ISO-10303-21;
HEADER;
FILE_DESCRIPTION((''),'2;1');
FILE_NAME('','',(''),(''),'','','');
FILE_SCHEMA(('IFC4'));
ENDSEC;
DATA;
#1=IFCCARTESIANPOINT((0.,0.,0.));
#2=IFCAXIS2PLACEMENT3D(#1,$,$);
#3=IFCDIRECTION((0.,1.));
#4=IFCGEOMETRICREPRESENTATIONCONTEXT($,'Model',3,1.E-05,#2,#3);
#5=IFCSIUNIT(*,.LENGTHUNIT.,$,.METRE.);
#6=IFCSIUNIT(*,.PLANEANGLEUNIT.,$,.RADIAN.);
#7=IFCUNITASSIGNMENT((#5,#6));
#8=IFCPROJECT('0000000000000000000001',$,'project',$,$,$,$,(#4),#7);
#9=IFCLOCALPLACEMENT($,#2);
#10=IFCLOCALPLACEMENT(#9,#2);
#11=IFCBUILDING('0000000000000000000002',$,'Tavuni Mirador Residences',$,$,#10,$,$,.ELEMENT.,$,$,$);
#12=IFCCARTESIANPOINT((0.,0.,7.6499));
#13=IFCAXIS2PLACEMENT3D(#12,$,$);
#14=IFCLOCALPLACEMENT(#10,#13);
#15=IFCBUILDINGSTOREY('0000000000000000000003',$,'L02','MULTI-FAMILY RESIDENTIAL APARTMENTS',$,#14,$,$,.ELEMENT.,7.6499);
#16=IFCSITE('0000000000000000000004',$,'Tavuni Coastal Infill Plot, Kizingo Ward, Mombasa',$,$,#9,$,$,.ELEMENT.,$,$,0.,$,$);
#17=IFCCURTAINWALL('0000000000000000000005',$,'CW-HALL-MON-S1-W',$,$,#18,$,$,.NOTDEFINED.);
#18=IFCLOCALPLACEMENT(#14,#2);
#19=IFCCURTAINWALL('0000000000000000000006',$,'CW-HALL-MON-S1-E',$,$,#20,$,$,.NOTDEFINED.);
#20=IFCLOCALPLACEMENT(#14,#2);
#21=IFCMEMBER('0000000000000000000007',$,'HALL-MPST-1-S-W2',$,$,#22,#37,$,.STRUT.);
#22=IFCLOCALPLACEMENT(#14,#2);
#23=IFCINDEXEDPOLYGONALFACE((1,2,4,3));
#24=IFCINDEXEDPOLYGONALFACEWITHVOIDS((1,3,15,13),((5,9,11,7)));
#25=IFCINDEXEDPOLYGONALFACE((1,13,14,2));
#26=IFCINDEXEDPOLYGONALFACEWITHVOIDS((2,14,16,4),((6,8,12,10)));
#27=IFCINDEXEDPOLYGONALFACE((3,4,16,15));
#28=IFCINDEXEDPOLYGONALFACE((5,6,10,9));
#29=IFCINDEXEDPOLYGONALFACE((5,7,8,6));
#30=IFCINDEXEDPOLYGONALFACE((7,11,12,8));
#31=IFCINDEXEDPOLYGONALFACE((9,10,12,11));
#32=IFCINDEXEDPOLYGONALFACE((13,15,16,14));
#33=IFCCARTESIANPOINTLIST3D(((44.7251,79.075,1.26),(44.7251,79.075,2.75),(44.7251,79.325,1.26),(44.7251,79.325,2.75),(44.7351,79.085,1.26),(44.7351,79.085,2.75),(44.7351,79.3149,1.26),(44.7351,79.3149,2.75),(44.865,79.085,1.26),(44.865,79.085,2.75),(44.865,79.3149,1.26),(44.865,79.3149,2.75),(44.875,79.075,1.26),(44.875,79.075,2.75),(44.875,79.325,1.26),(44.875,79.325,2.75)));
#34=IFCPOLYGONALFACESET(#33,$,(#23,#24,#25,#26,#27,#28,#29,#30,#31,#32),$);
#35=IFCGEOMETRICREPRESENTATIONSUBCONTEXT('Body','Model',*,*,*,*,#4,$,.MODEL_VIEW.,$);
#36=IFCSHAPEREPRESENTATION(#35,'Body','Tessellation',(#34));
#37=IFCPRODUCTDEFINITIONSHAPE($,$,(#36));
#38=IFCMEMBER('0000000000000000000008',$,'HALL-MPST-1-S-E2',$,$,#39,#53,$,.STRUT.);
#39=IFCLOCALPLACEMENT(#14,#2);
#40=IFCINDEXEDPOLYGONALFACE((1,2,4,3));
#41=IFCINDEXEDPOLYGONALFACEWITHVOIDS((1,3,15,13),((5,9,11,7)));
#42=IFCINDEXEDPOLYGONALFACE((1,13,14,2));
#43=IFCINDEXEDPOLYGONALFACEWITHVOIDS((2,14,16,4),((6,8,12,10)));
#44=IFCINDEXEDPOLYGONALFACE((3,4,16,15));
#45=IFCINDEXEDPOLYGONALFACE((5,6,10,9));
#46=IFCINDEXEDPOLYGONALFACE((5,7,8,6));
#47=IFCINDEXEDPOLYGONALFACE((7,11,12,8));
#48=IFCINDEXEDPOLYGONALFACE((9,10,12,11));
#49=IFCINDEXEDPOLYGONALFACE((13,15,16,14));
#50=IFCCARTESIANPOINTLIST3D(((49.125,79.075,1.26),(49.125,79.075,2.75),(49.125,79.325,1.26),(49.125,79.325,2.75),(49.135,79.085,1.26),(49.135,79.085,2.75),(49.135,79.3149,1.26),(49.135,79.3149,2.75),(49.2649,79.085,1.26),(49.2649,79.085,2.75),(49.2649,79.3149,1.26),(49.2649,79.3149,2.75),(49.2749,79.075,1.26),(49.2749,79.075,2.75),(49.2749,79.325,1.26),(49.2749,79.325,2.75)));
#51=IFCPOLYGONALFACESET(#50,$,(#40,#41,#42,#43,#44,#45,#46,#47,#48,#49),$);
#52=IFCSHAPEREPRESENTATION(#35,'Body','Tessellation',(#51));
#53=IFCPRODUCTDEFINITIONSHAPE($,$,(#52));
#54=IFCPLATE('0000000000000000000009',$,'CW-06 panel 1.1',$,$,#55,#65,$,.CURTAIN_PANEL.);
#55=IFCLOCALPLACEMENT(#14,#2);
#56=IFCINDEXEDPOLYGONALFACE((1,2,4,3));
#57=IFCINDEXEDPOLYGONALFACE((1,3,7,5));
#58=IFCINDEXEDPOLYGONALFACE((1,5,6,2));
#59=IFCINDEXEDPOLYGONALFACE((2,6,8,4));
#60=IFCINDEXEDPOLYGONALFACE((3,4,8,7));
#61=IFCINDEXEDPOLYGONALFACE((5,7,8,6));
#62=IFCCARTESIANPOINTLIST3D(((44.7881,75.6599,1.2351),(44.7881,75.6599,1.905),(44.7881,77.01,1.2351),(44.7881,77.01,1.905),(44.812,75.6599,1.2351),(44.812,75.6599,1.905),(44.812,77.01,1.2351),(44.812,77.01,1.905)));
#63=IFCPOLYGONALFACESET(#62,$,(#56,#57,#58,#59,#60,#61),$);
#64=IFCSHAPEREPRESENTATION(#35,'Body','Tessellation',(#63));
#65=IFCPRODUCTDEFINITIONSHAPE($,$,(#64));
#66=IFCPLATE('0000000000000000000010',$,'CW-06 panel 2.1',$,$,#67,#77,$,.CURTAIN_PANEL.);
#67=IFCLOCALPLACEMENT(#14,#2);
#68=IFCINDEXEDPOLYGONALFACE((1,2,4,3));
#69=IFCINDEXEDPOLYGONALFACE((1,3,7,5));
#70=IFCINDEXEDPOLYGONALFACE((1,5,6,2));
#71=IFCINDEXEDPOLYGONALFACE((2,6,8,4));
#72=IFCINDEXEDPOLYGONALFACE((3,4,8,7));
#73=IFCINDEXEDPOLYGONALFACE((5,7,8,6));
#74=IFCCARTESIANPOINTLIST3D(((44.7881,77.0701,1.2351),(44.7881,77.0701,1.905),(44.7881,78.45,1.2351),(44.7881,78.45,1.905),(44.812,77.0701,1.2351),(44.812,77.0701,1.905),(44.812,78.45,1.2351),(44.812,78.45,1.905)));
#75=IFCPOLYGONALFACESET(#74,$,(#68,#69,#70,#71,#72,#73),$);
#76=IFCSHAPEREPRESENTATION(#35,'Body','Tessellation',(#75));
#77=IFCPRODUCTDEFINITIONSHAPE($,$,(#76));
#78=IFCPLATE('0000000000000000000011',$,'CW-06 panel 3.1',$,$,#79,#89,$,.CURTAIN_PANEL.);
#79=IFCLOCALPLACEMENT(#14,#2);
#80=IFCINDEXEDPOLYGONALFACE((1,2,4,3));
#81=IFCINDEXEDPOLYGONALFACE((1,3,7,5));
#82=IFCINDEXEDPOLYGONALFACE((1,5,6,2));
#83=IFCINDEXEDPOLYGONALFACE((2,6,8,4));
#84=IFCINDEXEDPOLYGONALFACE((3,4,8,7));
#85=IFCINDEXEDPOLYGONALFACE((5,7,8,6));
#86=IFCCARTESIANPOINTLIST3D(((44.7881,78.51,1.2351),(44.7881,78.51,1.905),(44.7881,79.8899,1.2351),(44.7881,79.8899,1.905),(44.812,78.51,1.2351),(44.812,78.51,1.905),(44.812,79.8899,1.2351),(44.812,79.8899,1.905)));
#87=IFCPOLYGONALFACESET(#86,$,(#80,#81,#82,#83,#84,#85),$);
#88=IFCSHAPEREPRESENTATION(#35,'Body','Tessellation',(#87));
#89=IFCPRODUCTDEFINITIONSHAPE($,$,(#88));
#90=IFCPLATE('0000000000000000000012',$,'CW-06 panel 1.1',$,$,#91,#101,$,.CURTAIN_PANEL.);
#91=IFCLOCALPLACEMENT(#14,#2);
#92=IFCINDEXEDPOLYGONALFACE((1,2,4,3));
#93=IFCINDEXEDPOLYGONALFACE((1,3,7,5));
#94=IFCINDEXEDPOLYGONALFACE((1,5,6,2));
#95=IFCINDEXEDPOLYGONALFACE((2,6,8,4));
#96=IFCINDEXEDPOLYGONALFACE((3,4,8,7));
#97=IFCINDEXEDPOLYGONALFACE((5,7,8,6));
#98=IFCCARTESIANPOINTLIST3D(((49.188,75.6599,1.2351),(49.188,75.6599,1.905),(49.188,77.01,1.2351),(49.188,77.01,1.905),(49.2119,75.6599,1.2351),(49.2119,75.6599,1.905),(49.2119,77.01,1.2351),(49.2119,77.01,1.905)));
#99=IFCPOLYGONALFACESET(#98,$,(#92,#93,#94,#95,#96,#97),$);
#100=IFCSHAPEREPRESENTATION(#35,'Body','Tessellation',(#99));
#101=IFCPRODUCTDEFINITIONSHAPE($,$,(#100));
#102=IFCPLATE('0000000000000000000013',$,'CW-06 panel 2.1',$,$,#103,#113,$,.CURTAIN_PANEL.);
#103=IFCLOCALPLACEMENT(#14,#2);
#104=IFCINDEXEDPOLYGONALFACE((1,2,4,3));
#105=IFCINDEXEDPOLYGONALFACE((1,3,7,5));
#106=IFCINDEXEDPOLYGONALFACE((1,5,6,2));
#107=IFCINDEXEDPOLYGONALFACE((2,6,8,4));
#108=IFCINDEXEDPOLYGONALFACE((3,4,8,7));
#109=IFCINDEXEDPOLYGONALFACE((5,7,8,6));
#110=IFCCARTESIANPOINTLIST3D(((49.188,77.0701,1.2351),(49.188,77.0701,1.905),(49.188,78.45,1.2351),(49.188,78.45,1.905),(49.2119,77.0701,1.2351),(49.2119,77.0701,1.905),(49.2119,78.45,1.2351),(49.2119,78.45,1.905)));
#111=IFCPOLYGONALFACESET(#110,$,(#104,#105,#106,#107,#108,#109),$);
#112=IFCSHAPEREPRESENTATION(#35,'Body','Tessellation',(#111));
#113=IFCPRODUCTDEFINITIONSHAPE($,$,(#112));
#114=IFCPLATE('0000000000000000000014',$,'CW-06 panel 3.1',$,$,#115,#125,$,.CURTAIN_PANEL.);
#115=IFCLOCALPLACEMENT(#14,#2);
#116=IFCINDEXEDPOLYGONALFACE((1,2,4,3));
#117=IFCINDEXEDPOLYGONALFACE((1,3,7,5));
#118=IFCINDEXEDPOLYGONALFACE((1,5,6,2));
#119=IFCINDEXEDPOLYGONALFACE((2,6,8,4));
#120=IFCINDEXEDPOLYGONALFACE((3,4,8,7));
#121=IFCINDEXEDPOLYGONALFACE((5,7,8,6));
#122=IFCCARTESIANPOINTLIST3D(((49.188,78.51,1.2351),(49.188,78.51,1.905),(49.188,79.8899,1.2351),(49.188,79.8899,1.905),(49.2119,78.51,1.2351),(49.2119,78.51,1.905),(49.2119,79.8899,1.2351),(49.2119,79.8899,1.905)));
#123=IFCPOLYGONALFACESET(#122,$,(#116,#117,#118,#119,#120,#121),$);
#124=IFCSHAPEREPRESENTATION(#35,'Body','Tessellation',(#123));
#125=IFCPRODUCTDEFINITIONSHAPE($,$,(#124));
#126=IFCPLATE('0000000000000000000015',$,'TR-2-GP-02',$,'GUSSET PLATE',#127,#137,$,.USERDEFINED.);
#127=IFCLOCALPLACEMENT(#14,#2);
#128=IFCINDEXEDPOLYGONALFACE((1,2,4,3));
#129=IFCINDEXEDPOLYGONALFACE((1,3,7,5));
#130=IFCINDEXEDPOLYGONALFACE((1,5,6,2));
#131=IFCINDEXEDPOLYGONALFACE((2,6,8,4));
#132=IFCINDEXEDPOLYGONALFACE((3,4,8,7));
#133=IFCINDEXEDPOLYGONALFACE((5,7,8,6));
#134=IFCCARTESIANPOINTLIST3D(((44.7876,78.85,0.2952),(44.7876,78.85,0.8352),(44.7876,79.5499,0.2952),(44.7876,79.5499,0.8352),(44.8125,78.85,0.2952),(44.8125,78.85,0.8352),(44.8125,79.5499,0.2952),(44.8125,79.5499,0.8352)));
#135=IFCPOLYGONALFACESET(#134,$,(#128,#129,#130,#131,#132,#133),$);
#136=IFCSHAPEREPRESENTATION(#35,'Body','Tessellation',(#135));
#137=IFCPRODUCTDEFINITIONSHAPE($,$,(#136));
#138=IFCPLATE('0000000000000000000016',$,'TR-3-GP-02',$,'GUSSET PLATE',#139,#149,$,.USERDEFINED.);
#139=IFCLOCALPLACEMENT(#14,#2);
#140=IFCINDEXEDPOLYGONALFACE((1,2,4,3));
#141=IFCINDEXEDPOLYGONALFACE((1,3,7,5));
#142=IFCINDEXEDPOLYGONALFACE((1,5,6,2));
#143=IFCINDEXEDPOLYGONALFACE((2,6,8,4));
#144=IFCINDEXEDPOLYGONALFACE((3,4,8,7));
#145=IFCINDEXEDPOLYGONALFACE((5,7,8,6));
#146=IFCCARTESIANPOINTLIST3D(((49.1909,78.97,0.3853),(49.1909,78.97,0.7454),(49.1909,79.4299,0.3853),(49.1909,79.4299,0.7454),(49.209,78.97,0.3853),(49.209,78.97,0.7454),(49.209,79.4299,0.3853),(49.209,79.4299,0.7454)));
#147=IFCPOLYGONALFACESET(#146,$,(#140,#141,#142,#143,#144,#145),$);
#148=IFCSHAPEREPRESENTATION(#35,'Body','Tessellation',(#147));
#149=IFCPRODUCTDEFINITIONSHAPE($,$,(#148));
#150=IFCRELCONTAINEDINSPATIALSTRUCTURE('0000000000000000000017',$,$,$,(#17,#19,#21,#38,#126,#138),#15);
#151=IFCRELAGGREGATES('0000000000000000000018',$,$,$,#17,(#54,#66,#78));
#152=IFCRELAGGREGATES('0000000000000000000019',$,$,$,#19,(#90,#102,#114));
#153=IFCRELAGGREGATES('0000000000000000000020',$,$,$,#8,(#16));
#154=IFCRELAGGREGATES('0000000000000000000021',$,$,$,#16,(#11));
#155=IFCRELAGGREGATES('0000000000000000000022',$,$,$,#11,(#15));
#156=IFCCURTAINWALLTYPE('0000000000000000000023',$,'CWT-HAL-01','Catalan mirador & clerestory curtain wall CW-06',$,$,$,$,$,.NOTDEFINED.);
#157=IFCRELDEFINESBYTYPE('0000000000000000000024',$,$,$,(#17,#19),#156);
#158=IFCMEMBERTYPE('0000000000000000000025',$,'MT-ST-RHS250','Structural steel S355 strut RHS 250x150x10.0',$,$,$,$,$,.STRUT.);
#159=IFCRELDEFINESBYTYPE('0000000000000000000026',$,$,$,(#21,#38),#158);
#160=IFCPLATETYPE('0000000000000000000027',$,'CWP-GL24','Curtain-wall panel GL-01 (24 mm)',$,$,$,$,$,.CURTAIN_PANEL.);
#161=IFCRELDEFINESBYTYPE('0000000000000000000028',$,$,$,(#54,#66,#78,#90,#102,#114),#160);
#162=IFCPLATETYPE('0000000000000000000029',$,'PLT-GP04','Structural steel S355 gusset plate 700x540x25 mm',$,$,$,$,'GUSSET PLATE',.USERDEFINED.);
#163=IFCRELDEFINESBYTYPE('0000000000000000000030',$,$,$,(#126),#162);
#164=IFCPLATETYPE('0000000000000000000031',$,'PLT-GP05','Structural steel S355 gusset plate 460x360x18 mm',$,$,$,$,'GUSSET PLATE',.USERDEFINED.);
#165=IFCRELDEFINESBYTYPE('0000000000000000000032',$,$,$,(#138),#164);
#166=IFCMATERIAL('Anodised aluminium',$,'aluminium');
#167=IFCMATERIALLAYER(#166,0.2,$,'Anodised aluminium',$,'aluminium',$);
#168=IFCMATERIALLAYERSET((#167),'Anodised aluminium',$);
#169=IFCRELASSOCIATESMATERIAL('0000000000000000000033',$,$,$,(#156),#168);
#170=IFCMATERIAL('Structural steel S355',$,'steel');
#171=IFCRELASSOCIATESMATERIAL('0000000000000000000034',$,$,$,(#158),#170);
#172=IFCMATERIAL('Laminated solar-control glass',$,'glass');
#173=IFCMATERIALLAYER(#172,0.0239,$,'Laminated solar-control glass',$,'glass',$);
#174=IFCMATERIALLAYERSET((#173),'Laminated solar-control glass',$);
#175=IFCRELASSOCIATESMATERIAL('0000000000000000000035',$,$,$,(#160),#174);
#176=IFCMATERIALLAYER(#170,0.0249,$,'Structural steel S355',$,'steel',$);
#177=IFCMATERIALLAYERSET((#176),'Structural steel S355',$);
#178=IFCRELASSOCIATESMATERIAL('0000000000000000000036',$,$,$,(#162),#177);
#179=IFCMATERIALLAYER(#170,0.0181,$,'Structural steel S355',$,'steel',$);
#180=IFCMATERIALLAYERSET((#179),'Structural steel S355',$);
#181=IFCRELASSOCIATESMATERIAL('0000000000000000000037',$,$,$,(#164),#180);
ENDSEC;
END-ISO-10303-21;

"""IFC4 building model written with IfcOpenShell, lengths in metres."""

from ifc_helpers import new_model, si_unit, direction, frame, origin, origin_2d, place, context, subcontext, project, spatial, rectangle, hollow_rectangle, extrude, material, layer, layer_set, material_profile, profile_set, type_object, element, aggregate, save


model = new_model("IFC4")

# Units and contexts
model_context = context("Model", 3, precision=1e-05, world=origin(), true_north=direction((0.0, 1.0)))
body_context = subcontext(model_context, "Body", "Model", "MODEL_VIEW")
ifc_project = project(units=[si_unit("LENGTHUNIT", "METRE"), si_unit("PLANEANGLEUNIT", "RADIAN")], contexts=[model_context])

# Site, building, storey
site_placement = place(None, origin())
site = spatial("IfcSite", under=ifc_project, at=site_placement, Name="Tavuni Coastal Infill Plot, Kizingo Ward, Mombasa", CompositionType="ELEMENT", RefElevation=0.0)
building_placement = place(site_placement, origin())
building = spatial("IfcBuilding", under=site, at=building_placement, Name="Tavuni Mirador Residences", CompositionType="ELEMENT")
storey_placement = place(building_placement, frame((0.0, 0.0, 7.6499)))
storey = spatial("IfcBuildingStorey", under=building, at=storey_placement, Name="L02", Description="MULTI-FAMILY RESIDENTIAL APARTMENTS", CompositionType="ELEMENT", Elevation=7.6499)

# Curtain walls
ifc_material_1 = material(Name="Anodised aluminium", Category="aluminium")
ifc_layer_1 = layer(ifc_material_1, 0.2, Name="Anodised aluminium", Category="aluminium")
ifc_layer_set_1 = layer_set([ifc_layer_1], Name="Anodised aluminium")
curtain_wall_type = type_object("IfcCurtainWallType", Name="CWT-HAL-01", Description="Catalan mirador & clerestory curtain wall CW-06", PredefinedType="NOTDEFINED", material=ifc_layer_set_1)
curtain_wall_1_placement = place(storey_placement, origin())
curtain_wall_1 = element("IfcCurtainWall", 1, at=curtain_wall_1_placement, inside=storey, type_object=curtain_wall_type, Name="CW-HALL-MON-S1-W", PredefinedType="NOTDEFINED")
curtain_wall_2_placement = place(storey_placement, origin())
curtain_wall_2 = element("IfcCurtainWall", 2, at=curtain_wall_2_placement, inside=storey, type_object=curtain_wall_type, Name="CW-HALL-MON-S1-E", PredefinedType="NOTDEFINED")

# Members
ifc_material_2 = material(Name="Structural steel S355", Category="steel")
ifc_material_profile_1 = material_profile(ifc_material_2, hollow_rectangle(XDim=0.1499, YDim=0.25, WallThickness=0.01, at=origin_2d()), Name="RHS 250x150x10.0", Category="steel")
ifc_profile_set_1 = profile_set([ifc_material_profile_1], Name="Structural steel S355")
member_type_1 = type_object("IfcMemberType", Name="MT-ST-RHS250", Description="Structural steel S355 strut RHS 250x150x10.0", PredefinedType="STRUT", material=ifc_profile_set_1)
for number, where, z_axis, x_axis, name in (
    (3, (44.8, 79.2, 1.26), (0.0, 0.0, 1.0), (1.0, 0.0, 0.0), "HALL-MPST-1-S-W2"),
    (4, (49.2, 79.2, 1.26), (0.0, 0.0, 1.0), (1.0, 0.0, 0.0), "HALL-MPST-1-S-E2"),
):
    element("IfcMember", number, at=place(storey_placement, frame(where, z_axis=z_axis, x_axis=x_axis)), inside=storey, type_object=member_type_1, Name=name, PredefinedType="STRUT", context=body_context, shape_type="SweptSolid", body=[
        extrude(hollow_rectangle(XDim=0.1499, YDim=0.25, WallThickness=0.01, at=origin_2d()), origin(), (0.0, 0.0, 1.0), 1.49),
    ])

# Plates
ifc_material_3 = material(Name="Laminated solar-control glass", Category="glass")
ifc_layer_2 = layer(ifc_material_3, 0.0239, Name="Laminated solar-control glass", Category="glass")
ifc_layer_set_2 = layer_set([ifc_layer_2], Name="Laminated solar-control glass")
plate_type_1 = type_object("IfcPlateType", Name="CWP-GL24", Description="Curtain-wall panel GL-01 (24 mm)", PredefinedType="CURTAIN_PANEL", material=ifc_layer_set_2)
plate_1_placement = place(storey_placement, frame((44.8, 76.335, 1.2351), z_axis=(0.0, 0.0, 1.0), x_axis=(0.0, 1.0, 0.0)))
plate_1 = element("IfcPlate", 5, at=plate_1_placement, type_object=plate_type_1, Name="CW-06 panel 1.1", PredefinedType="CURTAIN_PANEL", context=body_context, shape_type="SweptSolid", body=[
    extrude(rectangle(XDim=1.3501, YDim=0.0239, at=origin_2d()), origin(), (0.0, 0.0, 1.0), 0.6699),
])
plate_2_placement = place(storey_placement, frame((44.8, 77.76, 1.2351), z_axis=(0.0, 0.0, 1.0), x_axis=(0.0, 1.0, 0.0)))
plate_2 = element("IfcPlate", 6, at=plate_2_placement, type_object=plate_type_1, Name="CW-06 panel 2.1", PredefinedType="CURTAIN_PANEL", context=body_context, shape_type="SweptSolid", body=[
    extrude(rectangle(XDim=1.3799, YDim=0.0239, at=origin_2d()), origin(), (0.0, 0.0, 1.0), 0.6699),
])
plate_3_placement = place(storey_placement, frame((44.8, 79.2, 1.2351), z_axis=(0.0, 0.0, 1.0), x_axis=(0.0, 1.0, 0.0)))
plate_3 = element("IfcPlate", 7, at=plate_3_placement, type_object=plate_type_1, Name="CW-06 panel 3.1", PredefinedType="CURTAIN_PANEL", context=body_context, shape_type="SweptSolid", body=[
    extrude(rectangle(XDim=1.3799, YDim=0.0239, at=origin_2d()), origin(), (0.0, 0.0, 1.0), 0.6699),
])
aggregate(curtain_wall_1, [plate_1, plate_2, plate_3])
plate_4_placement = place(storey_placement, frame((49.2, 76.335, 1.2351), z_axis=(0.0, 0.0, 1.0), x_axis=(0.0, 1.0, 0.0)))
plate_4 = element("IfcPlate", 8, at=plate_4_placement, type_object=plate_type_1, Name="CW-06 panel 1.1", PredefinedType="CURTAIN_PANEL", context=body_context, shape_type="SweptSolid", body=[
    extrude(rectangle(XDim=1.3501, YDim=0.0239, at=origin_2d()), origin(), (0.0, 0.0, 1.0), 0.6699),
])
plate_5_placement = place(storey_placement, frame((49.2, 77.76, 1.2351), z_axis=(0.0, 0.0, 1.0), x_axis=(0.0, 1.0, 0.0)))
plate_5 = element("IfcPlate", 9, at=plate_5_placement, type_object=plate_type_1, Name="CW-06 panel 2.1", PredefinedType="CURTAIN_PANEL", context=body_context, shape_type="SweptSolid", body=[
    extrude(rectangle(XDim=1.3799, YDim=0.0239, at=origin_2d()), origin(), (0.0, 0.0, 1.0), 0.6699),
])
plate_6_placement = place(storey_placement, frame((49.2, 79.2, 1.2351), z_axis=(0.0, 0.0, 1.0), x_axis=(0.0, 1.0, 0.0)))
plate_6 = element("IfcPlate", 10, at=plate_6_placement, type_object=plate_type_1, Name="CW-06 panel 3.1", PredefinedType="CURTAIN_PANEL", context=body_context, shape_type="SweptSolid", body=[
    extrude(rectangle(XDim=1.3799, YDim=0.0239, at=origin_2d()), origin(), (0.0, 0.0, 1.0), 0.6699),
])
aggregate(curtain_wall_2, [plate_4, plate_5, plate_6])

# Plates
ifc_layer_3 = layer(ifc_material_2, 0.0249, Name="Structural steel S355", Category="steel")
ifc_layer_set_3 = layer_set([ifc_layer_3], Name="Structural steel S355")
plate_type_2 = type_object("IfcPlateType", Name="PLT-GP04", Description="Structural steel S355 gusset plate 700x540x25 mm", ElementType="GUSSET PLATE", PredefinedType="USERDEFINED", material=ifc_layer_set_3)
plate_7_placement = place(storey_placement, frame((44.8, 79.2, 0.2952), z_axis=(0.0, 0.0, 1.0), x_axis=(0.0, 1.0, 0.0)))
element("IfcPlate", 11, at=plate_7_placement, inside=storey, type_object=plate_type_2, Name="TR-2-GP-02", ObjectType="GUSSET PLATE", PredefinedType="USERDEFINED", context=body_context, shape_type="SweptSolid", body=[
    extrude(rectangle(XDim=0.7, YDim=0.0249, at=origin_2d()), origin(), (0.0, 0.0, 1.0), 0.54),
])
ifc_layer_4 = layer(ifc_material_2, 0.0181, Name="Structural steel S355", Category="steel")
ifc_layer_set_4 = layer_set([ifc_layer_4], Name="Structural steel S355")
plate_type_3 = type_object("IfcPlateType", Name="PLT-GP05", Description="Structural steel S355 gusset plate 460x360x18 mm", ElementType="GUSSET PLATE", PredefinedType="USERDEFINED", material=ifc_layer_set_4)
plate_8_placement = place(storey_placement, frame((49.2, 79.2, 0.3853), z_axis=(0.0, 0.0, 1.0), x_axis=(0.0, 1.0, 0.0)))
element("IfcPlate", 12, at=plate_8_placement, inside=storey, type_object=plate_type_3, Name="TR-3-GP-02", ObjectType="GUSSET PLATE", PredefinedType="USERDEFINED", context=body_context, shape_type="SweptSolid", body=[
    extrude(rectangle(XDim=0.46, YDim=0.0181, at=origin_2d()), origin(), (0.0, 0.0, 1.0), 0.3601),
])

save(model, "model.ifc")
